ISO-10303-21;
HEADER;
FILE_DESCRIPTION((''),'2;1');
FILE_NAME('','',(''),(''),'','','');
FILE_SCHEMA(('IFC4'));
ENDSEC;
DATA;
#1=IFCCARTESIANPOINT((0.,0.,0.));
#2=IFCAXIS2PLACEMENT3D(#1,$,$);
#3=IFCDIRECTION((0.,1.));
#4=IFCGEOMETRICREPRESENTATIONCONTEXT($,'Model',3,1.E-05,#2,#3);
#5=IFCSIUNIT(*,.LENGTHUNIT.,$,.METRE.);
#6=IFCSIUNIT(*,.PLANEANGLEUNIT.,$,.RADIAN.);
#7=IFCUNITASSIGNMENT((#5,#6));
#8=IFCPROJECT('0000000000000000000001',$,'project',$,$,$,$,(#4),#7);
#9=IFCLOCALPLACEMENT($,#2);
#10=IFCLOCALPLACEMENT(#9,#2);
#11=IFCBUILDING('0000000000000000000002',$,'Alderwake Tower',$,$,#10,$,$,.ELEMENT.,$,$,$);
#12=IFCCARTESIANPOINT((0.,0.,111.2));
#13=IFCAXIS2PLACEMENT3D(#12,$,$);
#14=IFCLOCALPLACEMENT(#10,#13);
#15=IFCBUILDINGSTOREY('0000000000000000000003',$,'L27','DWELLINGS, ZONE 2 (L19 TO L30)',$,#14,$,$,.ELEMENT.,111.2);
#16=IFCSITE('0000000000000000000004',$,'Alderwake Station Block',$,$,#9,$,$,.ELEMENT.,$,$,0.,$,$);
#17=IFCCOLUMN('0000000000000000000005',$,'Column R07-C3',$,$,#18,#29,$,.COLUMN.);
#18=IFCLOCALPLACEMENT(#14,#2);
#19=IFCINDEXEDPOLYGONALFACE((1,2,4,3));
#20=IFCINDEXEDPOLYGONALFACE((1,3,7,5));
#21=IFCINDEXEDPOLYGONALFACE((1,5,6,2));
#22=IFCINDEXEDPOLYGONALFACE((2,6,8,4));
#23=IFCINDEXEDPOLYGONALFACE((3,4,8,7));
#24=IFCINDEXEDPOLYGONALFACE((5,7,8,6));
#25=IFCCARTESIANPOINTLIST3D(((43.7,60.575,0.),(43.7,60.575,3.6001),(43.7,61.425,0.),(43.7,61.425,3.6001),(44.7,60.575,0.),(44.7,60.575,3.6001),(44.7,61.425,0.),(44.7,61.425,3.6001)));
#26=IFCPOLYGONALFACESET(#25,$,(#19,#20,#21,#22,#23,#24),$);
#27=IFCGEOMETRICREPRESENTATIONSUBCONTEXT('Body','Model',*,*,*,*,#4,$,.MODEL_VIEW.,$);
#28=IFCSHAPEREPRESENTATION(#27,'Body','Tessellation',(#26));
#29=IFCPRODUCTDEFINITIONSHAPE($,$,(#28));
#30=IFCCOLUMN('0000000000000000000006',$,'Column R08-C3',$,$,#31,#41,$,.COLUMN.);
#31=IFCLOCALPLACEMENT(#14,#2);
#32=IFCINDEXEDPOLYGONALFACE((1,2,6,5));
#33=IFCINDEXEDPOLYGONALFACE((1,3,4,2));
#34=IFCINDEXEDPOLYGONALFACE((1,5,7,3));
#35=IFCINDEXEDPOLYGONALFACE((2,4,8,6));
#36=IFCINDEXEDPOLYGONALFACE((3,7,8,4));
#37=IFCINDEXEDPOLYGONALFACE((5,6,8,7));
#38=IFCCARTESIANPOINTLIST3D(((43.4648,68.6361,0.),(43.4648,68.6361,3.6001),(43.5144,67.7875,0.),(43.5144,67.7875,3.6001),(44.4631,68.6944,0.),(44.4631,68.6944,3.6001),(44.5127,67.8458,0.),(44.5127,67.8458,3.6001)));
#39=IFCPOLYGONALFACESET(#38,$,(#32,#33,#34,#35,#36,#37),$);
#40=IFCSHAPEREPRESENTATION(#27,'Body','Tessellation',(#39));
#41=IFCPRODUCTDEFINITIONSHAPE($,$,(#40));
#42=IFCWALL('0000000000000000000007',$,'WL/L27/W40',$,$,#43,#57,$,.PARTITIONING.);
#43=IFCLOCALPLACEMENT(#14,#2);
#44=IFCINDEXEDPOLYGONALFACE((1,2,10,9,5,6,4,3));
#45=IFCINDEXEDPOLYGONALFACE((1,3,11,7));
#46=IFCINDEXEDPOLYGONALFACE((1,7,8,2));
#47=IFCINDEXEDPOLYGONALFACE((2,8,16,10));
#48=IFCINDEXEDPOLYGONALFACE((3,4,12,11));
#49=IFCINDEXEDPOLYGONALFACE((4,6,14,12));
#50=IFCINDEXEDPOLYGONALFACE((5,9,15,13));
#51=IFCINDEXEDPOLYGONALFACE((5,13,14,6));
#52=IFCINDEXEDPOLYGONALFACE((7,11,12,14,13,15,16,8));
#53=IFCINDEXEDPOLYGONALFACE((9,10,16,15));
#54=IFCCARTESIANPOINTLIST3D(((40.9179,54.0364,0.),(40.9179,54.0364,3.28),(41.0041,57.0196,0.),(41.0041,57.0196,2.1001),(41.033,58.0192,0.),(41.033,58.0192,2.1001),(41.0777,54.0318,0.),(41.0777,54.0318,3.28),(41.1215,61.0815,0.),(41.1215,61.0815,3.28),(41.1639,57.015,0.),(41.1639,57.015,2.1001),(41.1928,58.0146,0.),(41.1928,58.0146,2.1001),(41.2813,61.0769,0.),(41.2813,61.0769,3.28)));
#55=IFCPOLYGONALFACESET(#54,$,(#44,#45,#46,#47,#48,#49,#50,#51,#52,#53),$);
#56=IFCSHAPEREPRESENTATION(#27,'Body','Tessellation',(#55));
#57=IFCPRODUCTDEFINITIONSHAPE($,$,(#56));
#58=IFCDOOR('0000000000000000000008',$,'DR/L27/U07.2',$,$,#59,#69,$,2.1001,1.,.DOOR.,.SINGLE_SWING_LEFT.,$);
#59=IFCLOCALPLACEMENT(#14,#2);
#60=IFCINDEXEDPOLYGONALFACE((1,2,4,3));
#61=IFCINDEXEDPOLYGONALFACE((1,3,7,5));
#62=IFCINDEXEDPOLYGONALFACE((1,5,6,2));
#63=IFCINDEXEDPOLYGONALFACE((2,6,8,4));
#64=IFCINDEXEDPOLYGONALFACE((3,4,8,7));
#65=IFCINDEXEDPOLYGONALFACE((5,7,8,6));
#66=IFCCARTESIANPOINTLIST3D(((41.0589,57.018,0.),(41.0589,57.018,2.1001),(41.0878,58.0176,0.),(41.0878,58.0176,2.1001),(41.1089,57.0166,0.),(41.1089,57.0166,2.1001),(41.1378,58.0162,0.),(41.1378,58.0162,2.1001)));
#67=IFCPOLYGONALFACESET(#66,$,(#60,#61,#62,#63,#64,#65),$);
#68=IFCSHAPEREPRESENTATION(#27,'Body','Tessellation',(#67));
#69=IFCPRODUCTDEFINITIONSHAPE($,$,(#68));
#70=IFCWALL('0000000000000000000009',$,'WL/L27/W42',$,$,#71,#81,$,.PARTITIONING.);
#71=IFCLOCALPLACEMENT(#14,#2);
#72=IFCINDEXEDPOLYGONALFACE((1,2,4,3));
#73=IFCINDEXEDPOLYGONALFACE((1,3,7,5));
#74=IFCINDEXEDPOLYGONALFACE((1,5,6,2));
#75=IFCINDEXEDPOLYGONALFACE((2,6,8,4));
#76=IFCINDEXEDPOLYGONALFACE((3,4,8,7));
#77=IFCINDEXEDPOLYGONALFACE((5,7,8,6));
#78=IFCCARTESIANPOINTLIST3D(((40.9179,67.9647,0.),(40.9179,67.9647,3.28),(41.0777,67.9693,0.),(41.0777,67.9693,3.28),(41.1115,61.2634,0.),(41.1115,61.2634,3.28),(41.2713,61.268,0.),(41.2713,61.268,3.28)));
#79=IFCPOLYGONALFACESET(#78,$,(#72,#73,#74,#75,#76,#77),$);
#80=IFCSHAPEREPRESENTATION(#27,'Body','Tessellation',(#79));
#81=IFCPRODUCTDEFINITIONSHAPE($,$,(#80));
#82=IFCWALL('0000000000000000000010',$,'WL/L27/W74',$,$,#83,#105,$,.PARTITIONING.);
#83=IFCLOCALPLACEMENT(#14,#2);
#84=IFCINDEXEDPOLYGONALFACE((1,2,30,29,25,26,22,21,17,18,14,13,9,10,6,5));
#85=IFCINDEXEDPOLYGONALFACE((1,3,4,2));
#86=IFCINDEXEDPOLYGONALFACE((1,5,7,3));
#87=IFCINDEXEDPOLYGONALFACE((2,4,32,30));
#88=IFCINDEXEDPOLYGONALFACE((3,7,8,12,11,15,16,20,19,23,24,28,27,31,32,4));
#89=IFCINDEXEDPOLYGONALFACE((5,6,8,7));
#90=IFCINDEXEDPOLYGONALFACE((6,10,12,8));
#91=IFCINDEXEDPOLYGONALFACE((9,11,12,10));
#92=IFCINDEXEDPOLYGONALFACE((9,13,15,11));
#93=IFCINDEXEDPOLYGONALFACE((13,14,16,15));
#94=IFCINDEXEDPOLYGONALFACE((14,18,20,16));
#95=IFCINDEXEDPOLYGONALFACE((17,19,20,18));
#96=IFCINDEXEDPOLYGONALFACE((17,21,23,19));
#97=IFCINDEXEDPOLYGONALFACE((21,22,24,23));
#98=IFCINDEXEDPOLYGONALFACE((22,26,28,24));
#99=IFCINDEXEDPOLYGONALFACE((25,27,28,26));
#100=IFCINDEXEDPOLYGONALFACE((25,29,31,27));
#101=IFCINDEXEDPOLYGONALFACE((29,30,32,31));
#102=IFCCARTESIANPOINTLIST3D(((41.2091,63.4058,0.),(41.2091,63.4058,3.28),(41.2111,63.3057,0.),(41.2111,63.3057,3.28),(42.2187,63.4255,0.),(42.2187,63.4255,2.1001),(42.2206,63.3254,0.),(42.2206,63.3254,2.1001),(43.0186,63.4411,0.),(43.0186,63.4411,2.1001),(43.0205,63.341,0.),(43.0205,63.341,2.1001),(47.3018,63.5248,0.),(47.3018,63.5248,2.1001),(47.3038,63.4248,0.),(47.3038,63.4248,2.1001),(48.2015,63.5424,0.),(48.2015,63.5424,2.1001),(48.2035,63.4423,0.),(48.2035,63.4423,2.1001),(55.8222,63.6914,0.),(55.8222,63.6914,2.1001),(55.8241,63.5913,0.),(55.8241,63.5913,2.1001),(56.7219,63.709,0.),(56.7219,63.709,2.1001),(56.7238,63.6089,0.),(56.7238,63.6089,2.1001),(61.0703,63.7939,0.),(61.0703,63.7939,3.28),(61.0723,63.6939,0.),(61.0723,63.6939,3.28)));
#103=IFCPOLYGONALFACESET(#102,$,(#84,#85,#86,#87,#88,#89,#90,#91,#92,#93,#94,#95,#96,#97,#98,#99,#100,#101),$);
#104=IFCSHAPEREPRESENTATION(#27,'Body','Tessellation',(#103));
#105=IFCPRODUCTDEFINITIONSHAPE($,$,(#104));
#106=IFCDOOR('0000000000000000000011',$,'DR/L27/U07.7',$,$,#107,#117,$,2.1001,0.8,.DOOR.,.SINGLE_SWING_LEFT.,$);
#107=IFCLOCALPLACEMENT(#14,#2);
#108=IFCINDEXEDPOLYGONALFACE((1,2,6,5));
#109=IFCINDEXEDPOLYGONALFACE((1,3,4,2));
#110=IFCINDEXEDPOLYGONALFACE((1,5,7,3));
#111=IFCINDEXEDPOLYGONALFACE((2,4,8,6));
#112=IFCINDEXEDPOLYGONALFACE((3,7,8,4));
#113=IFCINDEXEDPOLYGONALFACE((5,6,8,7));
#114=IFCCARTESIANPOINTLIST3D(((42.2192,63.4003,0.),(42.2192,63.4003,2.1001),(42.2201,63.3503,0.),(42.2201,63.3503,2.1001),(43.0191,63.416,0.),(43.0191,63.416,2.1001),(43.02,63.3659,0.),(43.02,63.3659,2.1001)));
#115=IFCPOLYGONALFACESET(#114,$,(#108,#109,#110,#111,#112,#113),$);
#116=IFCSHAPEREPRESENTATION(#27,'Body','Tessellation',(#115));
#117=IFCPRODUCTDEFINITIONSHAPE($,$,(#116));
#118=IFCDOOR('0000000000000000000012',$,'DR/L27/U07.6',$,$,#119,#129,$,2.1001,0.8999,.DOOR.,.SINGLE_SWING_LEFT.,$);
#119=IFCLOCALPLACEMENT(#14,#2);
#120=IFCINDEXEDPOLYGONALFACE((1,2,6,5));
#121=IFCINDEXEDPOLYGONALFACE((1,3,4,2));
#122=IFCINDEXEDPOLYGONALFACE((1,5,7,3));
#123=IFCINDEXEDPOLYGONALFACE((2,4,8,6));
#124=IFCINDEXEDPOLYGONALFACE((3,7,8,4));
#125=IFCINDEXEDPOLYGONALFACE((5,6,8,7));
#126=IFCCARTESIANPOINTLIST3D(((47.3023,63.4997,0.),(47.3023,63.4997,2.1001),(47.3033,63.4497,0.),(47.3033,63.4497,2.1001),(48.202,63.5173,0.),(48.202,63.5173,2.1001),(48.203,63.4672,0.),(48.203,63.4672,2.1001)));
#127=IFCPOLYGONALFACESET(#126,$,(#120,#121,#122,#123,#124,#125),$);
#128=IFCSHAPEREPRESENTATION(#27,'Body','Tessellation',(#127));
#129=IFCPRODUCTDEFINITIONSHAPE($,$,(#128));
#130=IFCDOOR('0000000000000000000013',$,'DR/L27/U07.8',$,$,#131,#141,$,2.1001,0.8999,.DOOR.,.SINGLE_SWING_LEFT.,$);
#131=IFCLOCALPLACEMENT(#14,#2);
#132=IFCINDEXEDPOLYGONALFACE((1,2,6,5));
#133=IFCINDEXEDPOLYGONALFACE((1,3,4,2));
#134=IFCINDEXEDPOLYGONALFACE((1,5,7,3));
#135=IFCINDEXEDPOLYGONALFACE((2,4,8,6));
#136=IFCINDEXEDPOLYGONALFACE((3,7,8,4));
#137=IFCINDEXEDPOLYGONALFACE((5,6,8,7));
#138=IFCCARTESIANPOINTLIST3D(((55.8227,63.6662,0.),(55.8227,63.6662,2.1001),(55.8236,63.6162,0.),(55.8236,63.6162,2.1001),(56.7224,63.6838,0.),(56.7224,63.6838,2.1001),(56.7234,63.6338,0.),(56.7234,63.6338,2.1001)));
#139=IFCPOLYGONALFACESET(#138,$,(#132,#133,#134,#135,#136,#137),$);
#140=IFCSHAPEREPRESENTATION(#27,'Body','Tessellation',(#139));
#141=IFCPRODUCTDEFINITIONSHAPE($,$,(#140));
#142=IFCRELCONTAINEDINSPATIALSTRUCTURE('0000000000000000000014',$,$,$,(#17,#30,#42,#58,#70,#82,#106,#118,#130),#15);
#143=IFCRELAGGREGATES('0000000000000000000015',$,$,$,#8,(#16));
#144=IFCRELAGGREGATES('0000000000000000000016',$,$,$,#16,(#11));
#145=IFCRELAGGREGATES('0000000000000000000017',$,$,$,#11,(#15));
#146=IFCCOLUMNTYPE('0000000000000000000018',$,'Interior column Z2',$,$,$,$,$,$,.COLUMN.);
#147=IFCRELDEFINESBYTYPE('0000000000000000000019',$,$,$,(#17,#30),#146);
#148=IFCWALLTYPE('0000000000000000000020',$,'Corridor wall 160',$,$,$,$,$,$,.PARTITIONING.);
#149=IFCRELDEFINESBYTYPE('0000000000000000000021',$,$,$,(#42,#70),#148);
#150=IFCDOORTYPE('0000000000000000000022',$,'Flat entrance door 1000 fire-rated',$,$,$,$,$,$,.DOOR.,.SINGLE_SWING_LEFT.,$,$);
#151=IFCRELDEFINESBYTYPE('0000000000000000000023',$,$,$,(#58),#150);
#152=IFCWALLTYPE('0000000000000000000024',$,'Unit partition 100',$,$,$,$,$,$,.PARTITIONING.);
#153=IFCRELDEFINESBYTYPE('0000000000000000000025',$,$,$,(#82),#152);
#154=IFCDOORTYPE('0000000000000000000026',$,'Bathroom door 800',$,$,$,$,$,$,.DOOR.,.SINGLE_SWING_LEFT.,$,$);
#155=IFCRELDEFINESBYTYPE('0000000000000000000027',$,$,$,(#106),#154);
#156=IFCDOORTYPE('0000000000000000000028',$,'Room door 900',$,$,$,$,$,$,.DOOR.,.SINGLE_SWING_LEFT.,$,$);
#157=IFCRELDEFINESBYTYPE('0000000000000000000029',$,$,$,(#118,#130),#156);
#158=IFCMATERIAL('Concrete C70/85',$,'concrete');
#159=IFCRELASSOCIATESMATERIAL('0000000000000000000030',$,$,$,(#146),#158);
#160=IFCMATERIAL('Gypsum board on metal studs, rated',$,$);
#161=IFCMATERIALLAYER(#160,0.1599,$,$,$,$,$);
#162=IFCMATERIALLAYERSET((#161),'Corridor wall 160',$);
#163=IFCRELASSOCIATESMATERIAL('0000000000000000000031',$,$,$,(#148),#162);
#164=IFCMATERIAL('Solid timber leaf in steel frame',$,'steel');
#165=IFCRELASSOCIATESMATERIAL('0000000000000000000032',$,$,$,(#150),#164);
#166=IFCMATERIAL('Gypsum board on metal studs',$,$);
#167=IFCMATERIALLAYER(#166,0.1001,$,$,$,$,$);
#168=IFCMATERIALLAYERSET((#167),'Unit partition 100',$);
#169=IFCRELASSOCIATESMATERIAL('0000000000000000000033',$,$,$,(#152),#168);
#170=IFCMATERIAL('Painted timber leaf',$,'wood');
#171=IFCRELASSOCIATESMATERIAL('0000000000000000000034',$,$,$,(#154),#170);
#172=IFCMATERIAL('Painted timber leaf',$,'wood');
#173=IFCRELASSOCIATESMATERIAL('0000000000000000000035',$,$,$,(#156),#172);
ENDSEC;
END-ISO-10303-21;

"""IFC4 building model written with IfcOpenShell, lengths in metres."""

from ifc_helpers import new_model, si_unit, direction, frame, frame_2d, origin, origin_2d, place, context, subcontext, project, spatial, rectangle, extrude, material, layer, layer_set, material_profile, profile_set, type_object, element, fill, save


model = new_model("IFC4")

# Units and contexts
model_context = context("Model", 3, precision=1e-05, world=origin(), true_north=direction((0.0, 1.0)))
body_context = subcontext(model_context, "Body", "Model", "MODEL_VIEW")
ifc_project = project(units=[si_unit("LENGTHUNIT", "METRE"), si_unit("PLANEANGLEUNIT", "RADIAN")], contexts=[model_context])

# Site, building, storey
site_placement = place(None, origin())
site = spatial("IfcSite", under=ifc_project, at=site_placement, Name="Alderwake Station Block", CompositionType="ELEMENT", RefElevation=0.0)
building_placement = place(site_placement, origin())
building = spatial("IfcBuilding", under=site, at=building_placement, Name="Alderwake Tower", CompositionType="ELEMENT")
storey_placement = place(building_placement, frame((0.0, 0.0, 111.2)))
storey = spatial("IfcBuildingStorey", under=building, at=storey_placement, Name="L27", Description="DWELLINGS, ZONE 2 (L19 TO L30)", CompositionType="ELEMENT", Elevation=111.2)

# Columns
ifc_material_1 = material(Name="Concrete C70/85", Category="concrete")
ifc_material_profile = material_profile(ifc_material_1, rectangle(XDim=0.8501, YDim=1.0, at=origin_2d()), Name="RC 1000X850")
ifc_profile_set = profile_set([ifc_material_profile], Name="Concrete C70/85")
column_type = type_object("IfcColumnType", Name="Interior column Z2", PredefinedType="COLUMN", material=ifc_profile_set)
for number, where, z_axis, x_axis, name in (
    (1, (44.2, 61.0, 0.0), (0.0, 0.0, 1.0), (0.0, 1.0, 0.0), "Column R07-C3"),
    (2, (43.9888, 68.241, 0.0), (0.0, 0.0, 1.0), (-0.058301, 0.998299, 0.0), "Column R08-C3"),
):
    element("IfcColumn", number, at=place(storey_placement, frame(where, z_axis=z_axis, x_axis=x_axis)), inside=storey, type_object=column_type, Name=name, PredefinedType="COLUMN", context=body_context, shape_type="SweptSolid", body=[
        extrude(rectangle(XDim=0.8501, YDim=1.0, at=origin_2d()), origin(), (0.0, 0.0, 1.0), 3.6001),
    ])

# Wall, opening, door
ifc_material_2 = material(Name="Gypsum board on metal studs, rated")
ifc_layer_1 = layer(ifc_material_2, 0.1599)
ifc_layer_set_1 = layer_set([ifc_layer_1], Name="Corridor wall 160")
wall_type_1 = type_object("IfcWallType", Name="Corridor wall 160", PredefinedType="PARTITIONING", material=ifc_layer_set_1)
wall_1_placement = place(storey_placement, frame((41.2014, 61.0791, 0.0), z_axis=(0.0, 0.0, 1.0), x_axis=(-0.028889, -0.999583, 0.0)))
wall_1 = element("IfcWall", 3, at=wall_1_placement, inside=storey, type_object=wall_type_1, Name="WL/L27/W40", PredefinedType="PARTITIONING", context=body_context, shape_type="SweptSolid", body=[
    extrude(rectangle(XDim=7.0481, YDim=0.1599, at=frame_2d((3.5239, 0.0))), origin(), (0.0, 0.0, 1.0), 3.28),
])
opening_1_placement = place(wall_1_placement, frame((3.0635, 0.0, 0.0)))
opening_1 = element("IfcOpeningElement", 4, at=opening_1_placement, cuts=wall_1, PredefinedType="OPENING", context=body_context, shape_type="SweptSolid", body=[
    extrude(rectangle(XDim=1.0, YDim=2.1001, at=frame_2d((0.5, 1.05))), frame((0.0, 0.0898, 0.0), z_axis=(0.0, -1.0, 0.0), x_axis=(1.0, 0.0, 0.0)), (0.0, 0.0, 1.0), 0.1799),
])
ifc_material_3 = material(Name="Solid timber leaf in steel frame", Category="steel")
door_type_1 = type_object("IfcDoorType", Name="Flat entrance door 1000 fire-rated", OperationType="SINGLE_SWING_LEFT", PredefinedType="DOOR", material=ifc_material_3)
door_1_placement = place(opening_1_placement, origin())
door_1 = element("IfcDoor", 5, at=door_1_placement, inside=storey, type_object=door_type_1, Name="DR/L27/U07.2", OperationType="SINGLE_SWING_LEFT", OverallHeight=2.1001, OverallWidth=1.0, PredefinedType="DOOR", context=body_context, shape_type="SweptSolid", body=[
    extrude(rectangle(XDim=1.0, YDim=2.1001, at=frame_2d((0.5, 1.05))), frame((0.0, 0.0249, 0.0), z_axis=(0.0, -1.0, 0.0), x_axis=(1.0, 0.0, 0.0)), (0.0, 0.0, 1.0), 0.05),
])
fill(opening_1, door_1)

# Wall
wall_2_placement = place(storey_placement, frame((40.9978, 67.967, 0.0), z_axis=(0.0, 0.0, 1.0), x_axis=(0.028878, -0.999583, 0.0)))
element("IfcWall", 6, at=wall_2_placement, inside=storey, type_object=wall_type_1, Name="WL/L27/W42", PredefinedType="PARTITIONING", context=body_context, shape_type="SweptSolid", body=[
    extrude(rectangle(XDim=6.7041, YDim=0.1599, at=frame_2d((3.3521, 0.0))), origin(), (0.0, 0.0, 1.0), 3.28),
])

# Wall, openings, doors
ifc_material_4 = material(Name="Gypsum board on metal studs")
ifc_layer_2 = layer(ifc_material_4, 0.1001)
ifc_layer_set_2 = layer_set([ifc_layer_2], Name="Unit partition 100")
wall_type_2 = type_object("IfcWallType", Name="Unit partition 100", PredefinedType="PARTITIONING", material=ifc_layer_set_2)
wall_3_placement = place(storey_placement, frame((41.21, 63.3557, 0.0), z_axis=(0.0, 0.0, 1.0), x_axis=(0.999809, 0.019541, 0.0)))
wall_3 = element("IfcWall", 7, at=wall_3_placement, inside=storey, type_object=wall_type_2, Name="WL/L27/W74", PredefinedType="PARTITIONING", context=body_context, shape_type="SweptSolid", body=[
    extrude(rectangle(XDim=19.865, YDim=0.1001, at=frame_2d((9.9326, 0.0))), origin(), (0.0, 0.0, 1.0), 3.28),
])
opening_2_placement = place(wall_3_placement, frame((6.094, 0.0, 0.0)))
opening_2 = element("IfcOpeningElement", 8, at=opening_2_placement, cuts=wall_3, PredefinedType="OPENING", context=body_context, shape_type="SweptSolid", body=[
    extrude(rectangle(XDim=0.8999, YDim=2.1001, at=frame_2d((0.45, 1.05))), frame((0.0, 0.0601, 0.0), z_axis=(0.0, -1.0, 0.0), x_axis=(1.0, 0.0, 0.0)), (0.0, 0.0, 1.0), 0.1201),
])
opening_3_placement = place(wall_3_placement, frame((1.01, 0.0, 0.0)))
opening_3 = element("IfcOpeningElement", 9, at=opening_3_placement, cuts=wall_3, PredefinedType="OPENING", context=body_context, shape_type="SweptSolid", body=[
    extrude(rectangle(XDim=0.8, YDim=2.1001, at=frame_2d((0.3999, 1.05))), frame((0.0, 0.0601, 0.0), z_axis=(0.0, -1.0, 0.0), x_axis=(1.0, 0.0, 0.0)), (0.0, 0.0, 1.0), 0.1201),
])
opening_4_placement = place(wall_3_placement, frame((14.616, 0.0, 0.0)))
opening_4 = element("IfcOpeningElement", 10, at=opening_4_placement, cuts=wall_3, PredefinedType="OPENING", context=body_context, shape_type="SweptSolid", body=[
    extrude(rectangle(XDim=0.8999, YDim=2.1001, at=frame_2d((0.45, 1.05))), frame((0.0, 0.0601, 0.0), z_axis=(0.0, -1.0, 0.0), x_axis=(1.0, 0.0, 0.0)), (0.0, 0.0, 1.0), 0.1201),
])
ifc_material_5 = material(Name="Painted timber leaf", Category="wood")
door_type_2 = type_object("IfcDoorType", Name="Bathroom door 800", OperationType="SINGLE_SWING_LEFT", PredefinedType="DOOR", material=ifc_material_5)
door_2_placement = place(opening_3_placement, origin())
door_2 = element("IfcDoor", 11, at=door_2_placement, inside=storey, type_object=door_type_2, Name="DR/L27/U07.7", OperationType="SINGLE_SWING_LEFT", OverallHeight=2.1001, OverallWidth=0.8, PredefinedType="DOOR", context=body_context, shape_type="SweptSolid", body=[
    extrude(rectangle(XDim=0.8, YDim=2.1001, at=frame_2d((0.3999, 1.05))), frame((0.0, 0.0249, 0.0), z_axis=(0.0, -1.0, 0.0), x_axis=(1.0, 0.0, 0.0)), (0.0, 0.0, 1.0), 0.05),
])
fill(opening_3, door_2)
ifc_material_6 = material(Name="Painted timber leaf", Category="wood")
door_type_3 = type_object("IfcDoorType", Name="Room door 900", OperationType="SINGLE_SWING_LEFT", PredefinedType="DOOR", material=ifc_material_6)
door_3_placement = place(opening_2_placement, origin())
door_3 = element("IfcDoor", 12, at=door_3_placement, inside=storey, type_object=door_type_3, Name="DR/L27/U07.6", OperationType="SINGLE_SWING_LEFT", OverallHeight=2.1001, OverallWidth=0.8999, PredefinedType="DOOR", context=body_context, shape_type="SweptSolid", body=[
    extrude(rectangle(XDim=0.8999, YDim=2.1001, at=frame_2d((0.45, 1.05))), frame((0.0, 0.0249, 0.0), z_axis=(0.0, -1.0, 0.0), x_axis=(1.0, 0.0, 0.0)), (0.0, 0.0, 1.0), 0.05),
])
fill(opening_2, door_3)
door_4_placement = place(opening_4_placement, origin())
door_4 = element("IfcDoor", 13, at=door_4_placement, inside=storey, type_object=door_type_3, Name="DR/L27/U07.8", OperationType="SINGLE_SWING_LEFT", OverallHeight=2.1001, OverallWidth=0.8999, PredefinedType="DOOR", context=body_context, shape_type="SweptSolid", body=[
    extrude(rectangle(XDim=0.8999, YDim=2.1001, at=frame_2d((0.45, 1.05))), frame((0.0, 0.0249, 0.0), z_axis=(0.0, -1.0, 0.0), x_axis=(1.0, 0.0, 0.0)), (0.0, 0.0, 1.0), 0.05),
])
fill(opening_4, door_4)

save(model, "model.ifc")
